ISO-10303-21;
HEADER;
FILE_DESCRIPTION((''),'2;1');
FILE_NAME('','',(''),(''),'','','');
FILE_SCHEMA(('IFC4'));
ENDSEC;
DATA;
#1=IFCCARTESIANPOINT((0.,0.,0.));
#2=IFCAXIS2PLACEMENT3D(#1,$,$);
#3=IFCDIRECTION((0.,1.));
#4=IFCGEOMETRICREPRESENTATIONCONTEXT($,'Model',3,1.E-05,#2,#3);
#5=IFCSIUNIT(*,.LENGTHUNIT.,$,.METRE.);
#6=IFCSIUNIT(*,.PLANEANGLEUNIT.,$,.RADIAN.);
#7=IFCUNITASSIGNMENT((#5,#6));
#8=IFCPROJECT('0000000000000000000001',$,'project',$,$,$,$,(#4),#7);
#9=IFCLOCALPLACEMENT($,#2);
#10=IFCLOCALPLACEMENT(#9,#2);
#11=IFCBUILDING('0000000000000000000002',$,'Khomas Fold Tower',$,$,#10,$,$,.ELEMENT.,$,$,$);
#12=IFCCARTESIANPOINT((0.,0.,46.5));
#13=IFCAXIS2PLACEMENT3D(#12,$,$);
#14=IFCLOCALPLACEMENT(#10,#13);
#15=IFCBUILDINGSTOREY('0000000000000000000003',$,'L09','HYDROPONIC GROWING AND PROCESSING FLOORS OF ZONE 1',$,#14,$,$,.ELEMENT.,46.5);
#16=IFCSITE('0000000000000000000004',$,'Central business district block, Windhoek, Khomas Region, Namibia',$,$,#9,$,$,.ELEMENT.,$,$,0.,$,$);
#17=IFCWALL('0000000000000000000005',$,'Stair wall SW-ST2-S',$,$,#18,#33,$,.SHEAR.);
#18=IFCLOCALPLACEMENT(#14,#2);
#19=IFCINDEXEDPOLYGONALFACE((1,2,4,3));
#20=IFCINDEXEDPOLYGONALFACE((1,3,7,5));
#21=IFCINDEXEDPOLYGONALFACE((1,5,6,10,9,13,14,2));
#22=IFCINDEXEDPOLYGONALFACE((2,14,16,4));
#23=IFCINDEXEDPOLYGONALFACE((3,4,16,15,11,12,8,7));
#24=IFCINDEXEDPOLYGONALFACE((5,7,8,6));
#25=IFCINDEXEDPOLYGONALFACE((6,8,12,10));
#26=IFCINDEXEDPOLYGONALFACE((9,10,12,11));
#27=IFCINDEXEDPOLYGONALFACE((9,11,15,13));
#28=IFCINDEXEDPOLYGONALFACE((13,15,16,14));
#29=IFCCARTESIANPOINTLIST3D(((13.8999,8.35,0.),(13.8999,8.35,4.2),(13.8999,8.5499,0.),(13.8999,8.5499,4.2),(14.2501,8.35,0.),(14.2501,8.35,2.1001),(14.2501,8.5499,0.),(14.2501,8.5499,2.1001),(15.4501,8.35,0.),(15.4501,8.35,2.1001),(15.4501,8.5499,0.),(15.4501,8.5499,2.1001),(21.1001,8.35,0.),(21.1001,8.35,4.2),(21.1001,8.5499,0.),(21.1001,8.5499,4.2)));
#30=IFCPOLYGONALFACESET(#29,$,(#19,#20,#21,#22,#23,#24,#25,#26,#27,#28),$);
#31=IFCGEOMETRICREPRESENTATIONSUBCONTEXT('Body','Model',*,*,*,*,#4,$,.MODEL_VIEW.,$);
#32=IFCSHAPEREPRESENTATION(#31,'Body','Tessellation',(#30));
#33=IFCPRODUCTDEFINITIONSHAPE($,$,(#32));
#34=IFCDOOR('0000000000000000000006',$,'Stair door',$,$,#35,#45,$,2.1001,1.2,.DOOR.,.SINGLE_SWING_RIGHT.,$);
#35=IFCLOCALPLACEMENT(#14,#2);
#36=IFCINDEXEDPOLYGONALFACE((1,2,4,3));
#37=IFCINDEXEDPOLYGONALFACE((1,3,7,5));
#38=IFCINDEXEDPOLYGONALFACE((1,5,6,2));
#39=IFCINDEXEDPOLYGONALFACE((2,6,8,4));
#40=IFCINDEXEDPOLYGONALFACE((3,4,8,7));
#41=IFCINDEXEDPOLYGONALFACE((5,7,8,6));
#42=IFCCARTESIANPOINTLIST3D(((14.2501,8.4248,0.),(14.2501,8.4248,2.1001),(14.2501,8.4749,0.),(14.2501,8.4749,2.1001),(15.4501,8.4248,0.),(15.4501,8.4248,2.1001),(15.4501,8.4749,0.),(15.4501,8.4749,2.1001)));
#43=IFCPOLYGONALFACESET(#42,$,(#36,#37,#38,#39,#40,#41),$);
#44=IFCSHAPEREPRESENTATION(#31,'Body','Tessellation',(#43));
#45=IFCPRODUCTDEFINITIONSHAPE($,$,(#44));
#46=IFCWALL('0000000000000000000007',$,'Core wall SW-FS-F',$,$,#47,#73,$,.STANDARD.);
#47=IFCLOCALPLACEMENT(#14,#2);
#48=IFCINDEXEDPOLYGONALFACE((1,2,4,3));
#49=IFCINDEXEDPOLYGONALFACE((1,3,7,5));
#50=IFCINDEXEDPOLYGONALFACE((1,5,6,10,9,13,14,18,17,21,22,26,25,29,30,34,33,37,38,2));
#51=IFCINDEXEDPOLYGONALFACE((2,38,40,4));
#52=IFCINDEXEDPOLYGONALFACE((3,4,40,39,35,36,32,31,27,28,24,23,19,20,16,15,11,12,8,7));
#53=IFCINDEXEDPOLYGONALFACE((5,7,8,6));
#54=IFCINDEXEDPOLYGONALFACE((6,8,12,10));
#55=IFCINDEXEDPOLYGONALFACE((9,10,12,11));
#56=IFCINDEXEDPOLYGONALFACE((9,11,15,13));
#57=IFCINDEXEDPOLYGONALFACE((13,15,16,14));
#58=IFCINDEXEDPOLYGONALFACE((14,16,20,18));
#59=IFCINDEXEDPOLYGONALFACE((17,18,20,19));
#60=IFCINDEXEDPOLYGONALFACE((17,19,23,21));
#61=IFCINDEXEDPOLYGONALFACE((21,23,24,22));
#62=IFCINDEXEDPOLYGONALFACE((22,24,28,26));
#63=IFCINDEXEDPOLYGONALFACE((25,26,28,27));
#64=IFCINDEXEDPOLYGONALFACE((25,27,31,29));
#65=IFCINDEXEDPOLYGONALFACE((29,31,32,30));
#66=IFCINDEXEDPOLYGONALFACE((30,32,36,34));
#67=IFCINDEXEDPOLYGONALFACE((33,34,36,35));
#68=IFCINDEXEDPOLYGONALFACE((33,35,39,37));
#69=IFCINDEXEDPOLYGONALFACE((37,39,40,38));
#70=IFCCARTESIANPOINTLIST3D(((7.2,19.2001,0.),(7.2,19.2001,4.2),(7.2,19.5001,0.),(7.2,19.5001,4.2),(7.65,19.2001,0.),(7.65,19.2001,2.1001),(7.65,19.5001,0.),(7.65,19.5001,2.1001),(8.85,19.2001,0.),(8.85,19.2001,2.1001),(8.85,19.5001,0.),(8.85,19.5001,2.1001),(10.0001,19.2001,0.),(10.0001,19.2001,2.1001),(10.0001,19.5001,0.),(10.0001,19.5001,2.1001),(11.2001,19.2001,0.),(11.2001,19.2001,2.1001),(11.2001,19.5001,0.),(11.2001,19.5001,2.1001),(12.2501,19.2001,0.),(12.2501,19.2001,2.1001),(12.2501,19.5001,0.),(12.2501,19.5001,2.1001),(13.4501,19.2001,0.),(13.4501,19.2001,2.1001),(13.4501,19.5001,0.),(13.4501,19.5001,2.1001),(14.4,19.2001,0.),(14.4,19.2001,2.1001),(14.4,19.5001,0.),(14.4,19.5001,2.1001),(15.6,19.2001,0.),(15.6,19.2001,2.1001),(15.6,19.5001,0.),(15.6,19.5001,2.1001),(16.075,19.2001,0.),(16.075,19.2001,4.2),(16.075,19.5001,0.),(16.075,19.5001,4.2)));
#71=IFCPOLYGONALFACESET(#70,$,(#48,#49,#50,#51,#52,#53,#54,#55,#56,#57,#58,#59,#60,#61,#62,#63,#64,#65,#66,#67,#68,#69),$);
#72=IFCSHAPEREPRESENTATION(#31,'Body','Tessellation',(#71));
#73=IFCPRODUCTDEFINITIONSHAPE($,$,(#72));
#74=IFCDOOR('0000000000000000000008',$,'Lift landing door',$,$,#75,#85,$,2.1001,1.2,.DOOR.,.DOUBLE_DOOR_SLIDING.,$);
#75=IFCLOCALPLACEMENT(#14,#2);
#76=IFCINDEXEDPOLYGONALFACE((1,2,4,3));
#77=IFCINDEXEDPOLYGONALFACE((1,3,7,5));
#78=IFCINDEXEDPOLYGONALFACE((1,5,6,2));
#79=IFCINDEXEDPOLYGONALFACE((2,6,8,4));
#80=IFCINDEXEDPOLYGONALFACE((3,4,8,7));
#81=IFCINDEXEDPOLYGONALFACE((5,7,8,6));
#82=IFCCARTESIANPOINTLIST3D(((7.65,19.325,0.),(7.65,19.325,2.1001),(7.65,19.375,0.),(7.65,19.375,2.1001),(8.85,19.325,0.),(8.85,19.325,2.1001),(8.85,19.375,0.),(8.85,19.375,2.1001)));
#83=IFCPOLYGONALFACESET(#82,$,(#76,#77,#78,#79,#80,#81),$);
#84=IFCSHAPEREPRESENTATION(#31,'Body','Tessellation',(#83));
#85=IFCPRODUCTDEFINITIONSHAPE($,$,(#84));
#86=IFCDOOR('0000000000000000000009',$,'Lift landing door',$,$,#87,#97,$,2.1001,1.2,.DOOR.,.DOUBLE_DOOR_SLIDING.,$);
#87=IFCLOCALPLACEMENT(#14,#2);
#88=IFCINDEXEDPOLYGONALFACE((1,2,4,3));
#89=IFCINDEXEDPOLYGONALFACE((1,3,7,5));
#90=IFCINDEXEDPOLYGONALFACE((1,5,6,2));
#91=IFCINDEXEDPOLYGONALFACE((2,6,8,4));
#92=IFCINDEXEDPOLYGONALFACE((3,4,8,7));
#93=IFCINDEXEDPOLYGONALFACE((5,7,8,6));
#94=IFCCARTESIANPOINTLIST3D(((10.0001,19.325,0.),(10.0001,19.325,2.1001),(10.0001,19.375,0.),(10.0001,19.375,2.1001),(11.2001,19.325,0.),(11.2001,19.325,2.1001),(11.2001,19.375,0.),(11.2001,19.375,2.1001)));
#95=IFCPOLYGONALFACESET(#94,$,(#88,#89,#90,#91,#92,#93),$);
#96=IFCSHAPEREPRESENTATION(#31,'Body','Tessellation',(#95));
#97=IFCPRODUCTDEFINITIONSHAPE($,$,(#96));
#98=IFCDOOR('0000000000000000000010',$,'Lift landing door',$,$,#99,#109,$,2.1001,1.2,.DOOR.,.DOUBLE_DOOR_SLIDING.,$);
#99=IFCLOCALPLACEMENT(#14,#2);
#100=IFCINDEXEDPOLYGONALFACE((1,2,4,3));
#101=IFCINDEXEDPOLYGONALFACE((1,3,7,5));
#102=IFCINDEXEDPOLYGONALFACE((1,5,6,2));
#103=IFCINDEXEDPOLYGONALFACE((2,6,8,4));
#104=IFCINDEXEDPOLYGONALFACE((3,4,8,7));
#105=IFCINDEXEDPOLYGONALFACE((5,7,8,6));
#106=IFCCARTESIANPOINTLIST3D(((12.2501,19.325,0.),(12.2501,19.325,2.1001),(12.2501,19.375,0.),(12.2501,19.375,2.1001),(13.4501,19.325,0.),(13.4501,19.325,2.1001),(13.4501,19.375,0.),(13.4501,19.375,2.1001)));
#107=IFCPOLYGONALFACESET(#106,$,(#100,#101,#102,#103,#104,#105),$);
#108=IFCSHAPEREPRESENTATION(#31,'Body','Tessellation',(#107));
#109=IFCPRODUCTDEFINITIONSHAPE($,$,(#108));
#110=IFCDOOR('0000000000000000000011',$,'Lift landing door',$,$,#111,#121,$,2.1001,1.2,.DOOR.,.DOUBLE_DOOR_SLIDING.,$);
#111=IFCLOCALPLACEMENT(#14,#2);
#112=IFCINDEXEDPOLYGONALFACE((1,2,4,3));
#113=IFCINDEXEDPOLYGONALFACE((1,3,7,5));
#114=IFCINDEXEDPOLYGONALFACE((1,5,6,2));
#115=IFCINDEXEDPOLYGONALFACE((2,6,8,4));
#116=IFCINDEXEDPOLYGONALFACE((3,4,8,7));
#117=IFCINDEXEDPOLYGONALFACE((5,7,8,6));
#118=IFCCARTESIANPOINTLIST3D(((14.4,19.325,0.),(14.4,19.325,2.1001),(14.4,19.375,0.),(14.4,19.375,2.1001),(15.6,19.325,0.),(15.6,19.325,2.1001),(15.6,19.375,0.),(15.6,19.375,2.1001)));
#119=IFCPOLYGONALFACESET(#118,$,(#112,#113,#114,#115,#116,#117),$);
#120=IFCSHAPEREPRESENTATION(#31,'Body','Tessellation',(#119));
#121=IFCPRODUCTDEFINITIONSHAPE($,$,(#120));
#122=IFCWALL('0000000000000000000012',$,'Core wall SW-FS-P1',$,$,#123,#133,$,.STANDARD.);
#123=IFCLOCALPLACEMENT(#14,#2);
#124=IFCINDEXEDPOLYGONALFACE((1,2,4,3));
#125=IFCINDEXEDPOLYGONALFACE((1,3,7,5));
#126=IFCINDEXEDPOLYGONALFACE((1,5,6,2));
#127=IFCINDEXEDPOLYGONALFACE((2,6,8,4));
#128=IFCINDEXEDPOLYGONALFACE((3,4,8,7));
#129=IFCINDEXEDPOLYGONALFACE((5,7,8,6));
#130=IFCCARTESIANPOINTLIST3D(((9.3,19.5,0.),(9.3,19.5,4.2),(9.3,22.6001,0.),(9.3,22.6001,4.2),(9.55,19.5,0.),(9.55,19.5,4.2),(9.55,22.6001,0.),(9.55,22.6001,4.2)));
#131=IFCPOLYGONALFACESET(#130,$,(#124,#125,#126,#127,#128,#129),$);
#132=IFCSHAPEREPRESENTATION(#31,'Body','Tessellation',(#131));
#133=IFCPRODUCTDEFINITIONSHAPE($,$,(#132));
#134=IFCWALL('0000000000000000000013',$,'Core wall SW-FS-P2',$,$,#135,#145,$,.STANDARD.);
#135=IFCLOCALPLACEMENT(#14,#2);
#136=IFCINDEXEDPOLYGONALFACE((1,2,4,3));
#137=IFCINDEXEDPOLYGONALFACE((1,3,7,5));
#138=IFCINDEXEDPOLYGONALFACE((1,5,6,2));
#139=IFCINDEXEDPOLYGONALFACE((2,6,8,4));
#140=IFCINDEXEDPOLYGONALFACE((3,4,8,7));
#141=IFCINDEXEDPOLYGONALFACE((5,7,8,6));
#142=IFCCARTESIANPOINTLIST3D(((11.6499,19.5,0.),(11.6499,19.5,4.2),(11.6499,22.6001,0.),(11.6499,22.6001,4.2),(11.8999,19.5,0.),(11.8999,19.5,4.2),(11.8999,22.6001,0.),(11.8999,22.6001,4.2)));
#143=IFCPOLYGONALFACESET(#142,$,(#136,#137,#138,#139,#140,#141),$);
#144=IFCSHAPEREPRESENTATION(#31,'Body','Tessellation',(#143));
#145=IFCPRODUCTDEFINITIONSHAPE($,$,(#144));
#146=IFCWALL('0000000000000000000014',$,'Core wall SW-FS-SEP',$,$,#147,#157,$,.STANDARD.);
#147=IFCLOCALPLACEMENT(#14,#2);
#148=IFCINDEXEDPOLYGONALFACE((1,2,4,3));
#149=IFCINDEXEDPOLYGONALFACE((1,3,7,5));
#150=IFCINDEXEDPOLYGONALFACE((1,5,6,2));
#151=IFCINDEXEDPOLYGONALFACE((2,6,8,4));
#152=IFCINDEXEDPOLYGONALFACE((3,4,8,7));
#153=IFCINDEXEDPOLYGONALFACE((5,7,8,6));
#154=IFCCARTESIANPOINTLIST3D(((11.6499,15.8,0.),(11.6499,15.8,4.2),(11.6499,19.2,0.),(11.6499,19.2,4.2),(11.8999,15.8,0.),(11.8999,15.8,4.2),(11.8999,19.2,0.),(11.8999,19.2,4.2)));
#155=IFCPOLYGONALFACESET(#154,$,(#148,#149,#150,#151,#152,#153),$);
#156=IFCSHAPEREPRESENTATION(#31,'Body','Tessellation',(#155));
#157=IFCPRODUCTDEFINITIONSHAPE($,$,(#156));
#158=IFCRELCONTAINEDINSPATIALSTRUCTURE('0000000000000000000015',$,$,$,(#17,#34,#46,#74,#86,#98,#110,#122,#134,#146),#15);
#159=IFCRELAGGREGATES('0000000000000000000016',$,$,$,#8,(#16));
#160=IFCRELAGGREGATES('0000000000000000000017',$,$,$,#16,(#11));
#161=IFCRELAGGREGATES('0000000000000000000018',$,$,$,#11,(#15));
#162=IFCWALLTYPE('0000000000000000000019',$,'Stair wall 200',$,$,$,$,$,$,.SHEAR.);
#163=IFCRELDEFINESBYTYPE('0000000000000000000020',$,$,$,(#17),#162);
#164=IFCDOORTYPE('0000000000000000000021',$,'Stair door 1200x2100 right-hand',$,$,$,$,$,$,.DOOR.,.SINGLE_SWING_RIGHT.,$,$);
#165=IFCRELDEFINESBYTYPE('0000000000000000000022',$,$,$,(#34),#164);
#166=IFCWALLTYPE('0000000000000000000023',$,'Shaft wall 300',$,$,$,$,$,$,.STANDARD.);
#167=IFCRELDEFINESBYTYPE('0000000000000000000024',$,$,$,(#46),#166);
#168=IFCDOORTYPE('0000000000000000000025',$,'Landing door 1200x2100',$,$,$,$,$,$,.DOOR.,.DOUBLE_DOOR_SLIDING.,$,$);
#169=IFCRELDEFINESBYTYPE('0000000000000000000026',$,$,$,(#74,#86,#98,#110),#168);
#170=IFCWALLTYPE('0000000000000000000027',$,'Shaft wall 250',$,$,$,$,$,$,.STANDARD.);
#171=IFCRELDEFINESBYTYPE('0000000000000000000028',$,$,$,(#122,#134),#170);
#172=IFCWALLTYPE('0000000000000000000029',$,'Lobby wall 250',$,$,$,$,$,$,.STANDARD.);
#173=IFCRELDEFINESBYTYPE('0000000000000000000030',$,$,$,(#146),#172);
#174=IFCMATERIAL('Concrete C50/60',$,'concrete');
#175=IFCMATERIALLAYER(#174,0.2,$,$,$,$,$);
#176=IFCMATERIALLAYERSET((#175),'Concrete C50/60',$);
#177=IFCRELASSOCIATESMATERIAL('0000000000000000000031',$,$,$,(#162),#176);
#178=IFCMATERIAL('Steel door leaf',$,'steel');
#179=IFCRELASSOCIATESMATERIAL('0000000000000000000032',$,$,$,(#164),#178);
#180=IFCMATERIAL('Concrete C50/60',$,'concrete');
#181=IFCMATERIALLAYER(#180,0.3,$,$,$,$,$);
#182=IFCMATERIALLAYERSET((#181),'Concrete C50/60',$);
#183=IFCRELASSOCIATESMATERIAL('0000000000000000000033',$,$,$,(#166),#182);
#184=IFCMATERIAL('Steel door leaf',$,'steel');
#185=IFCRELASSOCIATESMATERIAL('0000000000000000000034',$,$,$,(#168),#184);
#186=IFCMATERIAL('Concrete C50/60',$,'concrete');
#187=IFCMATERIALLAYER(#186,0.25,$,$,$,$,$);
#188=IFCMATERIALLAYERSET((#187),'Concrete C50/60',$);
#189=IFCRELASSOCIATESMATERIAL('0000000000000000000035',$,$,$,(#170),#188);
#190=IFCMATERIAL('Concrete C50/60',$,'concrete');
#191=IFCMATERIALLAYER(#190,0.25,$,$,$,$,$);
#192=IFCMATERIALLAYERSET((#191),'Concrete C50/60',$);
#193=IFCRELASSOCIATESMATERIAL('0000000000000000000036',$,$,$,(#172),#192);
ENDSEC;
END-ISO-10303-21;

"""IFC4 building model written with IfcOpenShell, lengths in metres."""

from ifc_helpers import new_model, si_unit, direction, frame, frame_2d, origin, place, context, subcontext, project, spatial, rectangle, extrude, source, transform, mapped, material, layer, layer_set, type_object, element, fill, save


model = new_model("IFC4")

# Units and contexts
model_context = context("Model", 3, precision=1e-05, world=origin(), true_north=direction((0.0, 1.0)))
body_context = subcontext(model_context, "Body", "Model", "MODEL_VIEW")
ifc_project = project(units=[si_unit("LENGTHUNIT", "METRE"), si_unit("PLANEANGLEUNIT", "RADIAN")], contexts=[model_context])

# Site, building, storey
site_placement = place(None, origin())
site = spatial("IfcSite", under=ifc_project, at=site_placement, Name="Central business district block, Windhoek, Khomas Region, Namibia", CompositionType="ELEMENT", RefElevation=0.0)
building_placement = place(site_placement, origin())
building = spatial("IfcBuilding", under=site, at=building_placement, Name="Khomas Fold Tower", CompositionType="ELEMENT")
storey_placement = place(building_placement, frame((0.0, 0.0, 46.5)))
storey = spatial("IfcBuildingStorey", under=building, at=storey_placement, Name="L09", Description="HYDROPONIC GROWING AND PROCESSING FLOORS OF ZONE 1", CompositionType="ELEMENT", Elevation=46.5)

# Shared definitions
ifc_material_1 = material(Name="Concrete C50/60", Category="concrete")
ifc_layer_1 = layer(ifc_material_1, 0.2)
ifc_layer_set_1 = layer_set([ifc_layer_1], Name="Concrete C50/60")
wall_type_1 = type_object("IfcWallType", Name="Stair wall 200", PredefinedType="SHEAR", material=ifc_layer_set_1)

# Wall, opening, door
shared_shape_1 = source(origin(), body_context, "Body", "SweptSolid", [
    extrude(rectangle(XDim=7.2002, YDim=0.2, at=frame_2d((3.6001, 0.0))), origin(), (0.0, 0.0, 1.0), 4.2),
])
wall_1_placement = place(storey_placement, frame((13.8999, 8.45, 0.0), z_axis=(0.0, 0.0, 1.0), x_axis=(1.0, 0.0, 0.0)))
wall_1 = element("IfcWall", 1, at=wall_1_placement, inside=storey, type_object=wall_type_1, Name="Stair wall SW-ST2-S", PredefinedType="SHEAR", context=body_context, shape_type="MappedRepresentation", body=[
    mapped(shared_shape_1, transform((0.0, 0.0, 0.0))),
])
shared_shape_2 = source(origin(), body_context, "Body", "SweptSolid", [
    extrude(rectangle(XDim=1.2, YDim=2.1001, at=frame_2d((0.6001, 1.05))), frame((0.0, 0.1099, 0.0), z_axis=(0.0, -1.0, 0.0), x_axis=(1.0, 0.0, 0.0)), (0.0, 0.0, 1.0), 0.22),
])
opening_1_placement = place(wall_1_placement, frame((0.3501, 0.0, 0.0)))
opening_1 = element("IfcOpeningElement", 2, at=opening_1_placement, cuts=wall_1, PredefinedType="OPENING", context=body_context, shape_type="MappedRepresentation", body=[
    mapped(shared_shape_2, transform((0.0, 0.0, 0.0))),
])
ifc_material_2 = material(Name="Steel door leaf", Category="steel")
door_type_1 = type_object("IfcDoorType", Name="Stair door 1200x2100 right-hand", OperationType="SINGLE_SWING_RIGHT", PredefinedType="DOOR", material=ifc_material_2)
shared_shape_3 = source(origin(), body_context, "Body", "SweptSolid", [
    extrude(rectangle(XDim=1.2, YDim=2.1001, at=frame_2d((0.6001, 1.05))), frame((0.0, 0.0249, 0.0), z_axis=(0.0, -1.0, 0.0), x_axis=(1.0, 0.0, 0.0)), (0.0, 0.0, 1.0), 0.05),
])
door_1_placement = place(opening_1_placement, origin())
door_1 = element("IfcDoor", 3, at=door_1_placement, inside=storey, type_object=door_type_1, Name="Stair door", OperationType="SINGLE_SWING_RIGHT", OverallHeight=2.1001, OverallWidth=1.2, PredefinedType="DOOR", context=body_context, shape_type="MappedRepresentation", body=[
    mapped(shared_shape_3, transform((0.0, 0.0, 0.0))),
])
fill(opening_1, door_1)

# Wall, openings, doors
ifc_material_3 = material(Name="Concrete C50/60", Category="concrete")
ifc_layer_2 = layer(ifc_material_3, 0.3)
ifc_layer_set_2 = layer_set([ifc_layer_2], Name="Concrete C50/60")
wall_type_2 = type_object("IfcWallType", Name="Shaft wall 300", PredefinedType="STANDARD", material=ifc_layer_set_2)
shared_shape_4 = source(origin(), body_context, "Body", "SweptSolid", [
    extrude(rectangle(XDim=8.875, YDim=0.3, at=frame_2d((4.4375, 0.0))), origin(), (0.0, 0.0, 1.0), 4.2),
])
wall_2_placement = place(storey_placement, frame((7.2, 19.3501, 0.0), z_axis=(0.0, 0.0, 1.0), x_axis=(1.0, 0.0, 0.0)))
wall_2 = element("IfcWall", 4, at=wall_2_placement, inside=storey, type_object=wall_type_2, Name="Core wall SW-FS-F", PredefinedType="STANDARD", context=body_context, shape_type="MappedRepresentation", body=[
    mapped(shared_shape_4, transform((0.0, 0.0, 0.0))),
])
shared_shape_5 = source(origin(), body_context, "Body", "SweptSolid", [
    extrude(rectangle(XDim=1.2, YDim=2.1001, at=frame_2d((0.6001, 1.05))), frame((0.0, 0.1599, 0.0), z_axis=(0.0, -1.0, 0.0), x_axis=(1.0, 0.0, 0.0)), (0.0, 0.0, 1.0), 0.3201),
])
opening_2_placement = place(wall_2_placement, frame((0.45, 0.0, 0.0)))
opening_2 = element("IfcOpeningElement", 5, at=opening_2_placement, cuts=wall_2, PredefinedType="OPENING", context=body_context, shape_type="MappedRepresentation", body=[
    mapped(shared_shape_5, transform((0.0, 0.0, 0.0))),
])
opening_3_placement = place(wall_2_placement, frame((2.8, 0.0, 0.0)))
opening_3 = element("IfcOpeningElement", 6, at=opening_3_placement, cuts=wall_2, PredefinedType="OPENING", context=body_context, shape_type="MappedRepresentation", body=[
    mapped(shared_shape_5, transform((0.0, 0.0, 0.0))),
])
opening_4_placement = place(wall_2_placement, frame((5.05, 0.0, 0.0)))
opening_4 = element("IfcOpeningElement", 7, at=opening_4_placement, cuts=wall_2, PredefinedType="OPENING", context=body_context, shape_type="MappedRepresentation", body=[
    mapped(shared_shape_5, transform((0.0, 0.0, 0.0))),
])
opening_5_placement = place(wall_2_placement, frame((7.2, 0.0, 0.0)))
opening_5 = element("IfcOpeningElement", 8, at=opening_5_placement, cuts=wall_2, PredefinedType="OPENING", context=body_context, shape_type="MappedRepresentation", body=[
    mapped(shared_shape_5, transform((0.0, 0.0, 0.0))),
])
ifc_material_4 = material(Name="Steel door leaf", Category="steel")
door_type_2 = type_object("IfcDoorType", Name="Landing door 1200x2100", OperationType="DOUBLE_DOOR_SLIDING", PredefinedType="DOOR", material=ifc_material_4)
door_2_placement = place(opening_2_placement, origin())
door_2 = element("IfcDoor", 9, at=door_2_placement, inside=storey, type_object=door_type_2, Name="Lift landing door", OperationType="DOUBLE_DOOR_SLIDING", OverallHeight=2.1001, OverallWidth=1.2, PredefinedType="DOOR", context=body_context, shape_type="MappedRepresentation", body=[
    mapped(shared_shape_3, transform((0.0, 0.0, 0.0))),
])
fill(opening_2, door_2)
door_3_placement = place(opening_3_placement, origin())
door_3 = element("IfcDoor", 10, at=door_3_placement, inside=storey, type_object=door_type_2, Name="Lift landing door", OperationType="DOUBLE_DOOR_SLIDING", OverallHeight=2.1001, OverallWidth=1.2, PredefinedType="DOOR", context=body_context, shape_type="MappedRepresentation", body=[
    mapped(shared_shape_3, transform((0.0, 0.0, 0.0))),
])
fill(opening_3, door_3)
door_4_placement = place(opening_4_placement, origin())
door_4 = element("IfcDoor", 11, at=door_4_placement, inside=storey, type_object=door_type_2, Name="Lift landing door", OperationType="DOUBLE_DOOR_SLIDING", OverallHeight=2.1001, OverallWidth=1.2, PredefinedType="DOOR", context=body_context, shape_type="MappedRepresentation", body=[
    mapped(shared_shape_3, transform((0.0, 0.0, 0.0))),
])
fill(opening_4, door_4)
door_5_placement = place(opening_5_placement, origin())
door_5 = element("IfcDoor", 12, at=door_5_placement, inside=storey, type_object=door_type_2, Name="Lift landing door", OperationType="DOUBLE_DOOR_SLIDING", OverallHeight=2.1001, OverallWidth=1.2, PredefinedType="DOOR", context=body_context, shape_type="MappedRepresentation", body=[
    mapped(shared_shape_3, transform((0.0, 0.0, 0.0))),
])
fill(opening_5, door_5)

# Walls
ifc_material_5 = material(Name="Concrete C50/60", Category="concrete")
ifc_layer_3 = layer(ifc_material_5, 0.25)
ifc_layer_set_3 = layer_set([ifc_layer_3], Name="Concrete C50/60")
wall_type_3 = type_object("IfcWallType", Name="Shaft wall 250", PredefinedType="STANDARD", material=ifc_layer_set_3)
shared_shape_6 = source(origin(), body_context, "Body", "SweptSolid", [
    extrude(rectangle(XDim=3.1001, YDim=0.25, at=frame_2d((1.55, 0.0))), origin(), (0.0, 0.0, 1.0), 4.2),
])
for number, where, z_axis, x_axis, name in (
    (13, (9.425, 19.5, 0.0), (0.0, 0.0, 1.0), (0.0, 1.0, 0.0), "Core wall SW-FS-P1"),
    (14, (11.7749, 19.5, 0.0), (0.0, 0.0, 1.0), (0.0, 1.0, 0.0), "Core wall SW-FS-P2"),
):
    element("IfcWall", number, at=place(storey_placement, frame(where, z_axis=z_axis, x_axis=x_axis)), inside=storey, type_object=wall_type_3, Name=name, PredefinedType="STANDARD", context=body_context, shape_type="MappedRepresentation", body=[
        mapped(shared_shape_6, transform((0.0, 0.0, 0.0))),
    ])
ifc_material_6 = material(Name="Concrete C50/60", Category="concrete")
ifc_layer_4 = layer(ifc_material_6, 0.25)
ifc_layer_set_4 = layer_set([ifc_layer_4], Name="Concrete C50/60")
wall_type_4 = type_object("IfcWallType", Name="Lobby wall 250", PredefinedType="STANDARD", material=ifc_layer_set_4)
shared_shape_7 = source(origin(), body_context, "Body", "SweptSolid", [
    extrude(rectangle(XDim=3.3999, YDim=0.25, at=frame_2d((1.7, 0.0))), origin(), (0.0, 0.0, 1.0), 4.2),
])
wall_3_placement = place(storey_placement, frame((11.7749, 15.8, 0.0), z_axis=(0.0, 0.0, 1.0), x_axis=(0.0, 1.0, 0.0)))
element("IfcWall", 15, at=wall_3_placement, inside=storey, type_object=wall_type_4, Name="Core wall SW-FS-SEP", PredefinedType="STANDARD", context=body_context, shape_type="MappedRepresentation", body=[
    mapped(shared_shape_7, transform((0.0, 0.0, 0.0))),
])

save(model, "model.ifc")
